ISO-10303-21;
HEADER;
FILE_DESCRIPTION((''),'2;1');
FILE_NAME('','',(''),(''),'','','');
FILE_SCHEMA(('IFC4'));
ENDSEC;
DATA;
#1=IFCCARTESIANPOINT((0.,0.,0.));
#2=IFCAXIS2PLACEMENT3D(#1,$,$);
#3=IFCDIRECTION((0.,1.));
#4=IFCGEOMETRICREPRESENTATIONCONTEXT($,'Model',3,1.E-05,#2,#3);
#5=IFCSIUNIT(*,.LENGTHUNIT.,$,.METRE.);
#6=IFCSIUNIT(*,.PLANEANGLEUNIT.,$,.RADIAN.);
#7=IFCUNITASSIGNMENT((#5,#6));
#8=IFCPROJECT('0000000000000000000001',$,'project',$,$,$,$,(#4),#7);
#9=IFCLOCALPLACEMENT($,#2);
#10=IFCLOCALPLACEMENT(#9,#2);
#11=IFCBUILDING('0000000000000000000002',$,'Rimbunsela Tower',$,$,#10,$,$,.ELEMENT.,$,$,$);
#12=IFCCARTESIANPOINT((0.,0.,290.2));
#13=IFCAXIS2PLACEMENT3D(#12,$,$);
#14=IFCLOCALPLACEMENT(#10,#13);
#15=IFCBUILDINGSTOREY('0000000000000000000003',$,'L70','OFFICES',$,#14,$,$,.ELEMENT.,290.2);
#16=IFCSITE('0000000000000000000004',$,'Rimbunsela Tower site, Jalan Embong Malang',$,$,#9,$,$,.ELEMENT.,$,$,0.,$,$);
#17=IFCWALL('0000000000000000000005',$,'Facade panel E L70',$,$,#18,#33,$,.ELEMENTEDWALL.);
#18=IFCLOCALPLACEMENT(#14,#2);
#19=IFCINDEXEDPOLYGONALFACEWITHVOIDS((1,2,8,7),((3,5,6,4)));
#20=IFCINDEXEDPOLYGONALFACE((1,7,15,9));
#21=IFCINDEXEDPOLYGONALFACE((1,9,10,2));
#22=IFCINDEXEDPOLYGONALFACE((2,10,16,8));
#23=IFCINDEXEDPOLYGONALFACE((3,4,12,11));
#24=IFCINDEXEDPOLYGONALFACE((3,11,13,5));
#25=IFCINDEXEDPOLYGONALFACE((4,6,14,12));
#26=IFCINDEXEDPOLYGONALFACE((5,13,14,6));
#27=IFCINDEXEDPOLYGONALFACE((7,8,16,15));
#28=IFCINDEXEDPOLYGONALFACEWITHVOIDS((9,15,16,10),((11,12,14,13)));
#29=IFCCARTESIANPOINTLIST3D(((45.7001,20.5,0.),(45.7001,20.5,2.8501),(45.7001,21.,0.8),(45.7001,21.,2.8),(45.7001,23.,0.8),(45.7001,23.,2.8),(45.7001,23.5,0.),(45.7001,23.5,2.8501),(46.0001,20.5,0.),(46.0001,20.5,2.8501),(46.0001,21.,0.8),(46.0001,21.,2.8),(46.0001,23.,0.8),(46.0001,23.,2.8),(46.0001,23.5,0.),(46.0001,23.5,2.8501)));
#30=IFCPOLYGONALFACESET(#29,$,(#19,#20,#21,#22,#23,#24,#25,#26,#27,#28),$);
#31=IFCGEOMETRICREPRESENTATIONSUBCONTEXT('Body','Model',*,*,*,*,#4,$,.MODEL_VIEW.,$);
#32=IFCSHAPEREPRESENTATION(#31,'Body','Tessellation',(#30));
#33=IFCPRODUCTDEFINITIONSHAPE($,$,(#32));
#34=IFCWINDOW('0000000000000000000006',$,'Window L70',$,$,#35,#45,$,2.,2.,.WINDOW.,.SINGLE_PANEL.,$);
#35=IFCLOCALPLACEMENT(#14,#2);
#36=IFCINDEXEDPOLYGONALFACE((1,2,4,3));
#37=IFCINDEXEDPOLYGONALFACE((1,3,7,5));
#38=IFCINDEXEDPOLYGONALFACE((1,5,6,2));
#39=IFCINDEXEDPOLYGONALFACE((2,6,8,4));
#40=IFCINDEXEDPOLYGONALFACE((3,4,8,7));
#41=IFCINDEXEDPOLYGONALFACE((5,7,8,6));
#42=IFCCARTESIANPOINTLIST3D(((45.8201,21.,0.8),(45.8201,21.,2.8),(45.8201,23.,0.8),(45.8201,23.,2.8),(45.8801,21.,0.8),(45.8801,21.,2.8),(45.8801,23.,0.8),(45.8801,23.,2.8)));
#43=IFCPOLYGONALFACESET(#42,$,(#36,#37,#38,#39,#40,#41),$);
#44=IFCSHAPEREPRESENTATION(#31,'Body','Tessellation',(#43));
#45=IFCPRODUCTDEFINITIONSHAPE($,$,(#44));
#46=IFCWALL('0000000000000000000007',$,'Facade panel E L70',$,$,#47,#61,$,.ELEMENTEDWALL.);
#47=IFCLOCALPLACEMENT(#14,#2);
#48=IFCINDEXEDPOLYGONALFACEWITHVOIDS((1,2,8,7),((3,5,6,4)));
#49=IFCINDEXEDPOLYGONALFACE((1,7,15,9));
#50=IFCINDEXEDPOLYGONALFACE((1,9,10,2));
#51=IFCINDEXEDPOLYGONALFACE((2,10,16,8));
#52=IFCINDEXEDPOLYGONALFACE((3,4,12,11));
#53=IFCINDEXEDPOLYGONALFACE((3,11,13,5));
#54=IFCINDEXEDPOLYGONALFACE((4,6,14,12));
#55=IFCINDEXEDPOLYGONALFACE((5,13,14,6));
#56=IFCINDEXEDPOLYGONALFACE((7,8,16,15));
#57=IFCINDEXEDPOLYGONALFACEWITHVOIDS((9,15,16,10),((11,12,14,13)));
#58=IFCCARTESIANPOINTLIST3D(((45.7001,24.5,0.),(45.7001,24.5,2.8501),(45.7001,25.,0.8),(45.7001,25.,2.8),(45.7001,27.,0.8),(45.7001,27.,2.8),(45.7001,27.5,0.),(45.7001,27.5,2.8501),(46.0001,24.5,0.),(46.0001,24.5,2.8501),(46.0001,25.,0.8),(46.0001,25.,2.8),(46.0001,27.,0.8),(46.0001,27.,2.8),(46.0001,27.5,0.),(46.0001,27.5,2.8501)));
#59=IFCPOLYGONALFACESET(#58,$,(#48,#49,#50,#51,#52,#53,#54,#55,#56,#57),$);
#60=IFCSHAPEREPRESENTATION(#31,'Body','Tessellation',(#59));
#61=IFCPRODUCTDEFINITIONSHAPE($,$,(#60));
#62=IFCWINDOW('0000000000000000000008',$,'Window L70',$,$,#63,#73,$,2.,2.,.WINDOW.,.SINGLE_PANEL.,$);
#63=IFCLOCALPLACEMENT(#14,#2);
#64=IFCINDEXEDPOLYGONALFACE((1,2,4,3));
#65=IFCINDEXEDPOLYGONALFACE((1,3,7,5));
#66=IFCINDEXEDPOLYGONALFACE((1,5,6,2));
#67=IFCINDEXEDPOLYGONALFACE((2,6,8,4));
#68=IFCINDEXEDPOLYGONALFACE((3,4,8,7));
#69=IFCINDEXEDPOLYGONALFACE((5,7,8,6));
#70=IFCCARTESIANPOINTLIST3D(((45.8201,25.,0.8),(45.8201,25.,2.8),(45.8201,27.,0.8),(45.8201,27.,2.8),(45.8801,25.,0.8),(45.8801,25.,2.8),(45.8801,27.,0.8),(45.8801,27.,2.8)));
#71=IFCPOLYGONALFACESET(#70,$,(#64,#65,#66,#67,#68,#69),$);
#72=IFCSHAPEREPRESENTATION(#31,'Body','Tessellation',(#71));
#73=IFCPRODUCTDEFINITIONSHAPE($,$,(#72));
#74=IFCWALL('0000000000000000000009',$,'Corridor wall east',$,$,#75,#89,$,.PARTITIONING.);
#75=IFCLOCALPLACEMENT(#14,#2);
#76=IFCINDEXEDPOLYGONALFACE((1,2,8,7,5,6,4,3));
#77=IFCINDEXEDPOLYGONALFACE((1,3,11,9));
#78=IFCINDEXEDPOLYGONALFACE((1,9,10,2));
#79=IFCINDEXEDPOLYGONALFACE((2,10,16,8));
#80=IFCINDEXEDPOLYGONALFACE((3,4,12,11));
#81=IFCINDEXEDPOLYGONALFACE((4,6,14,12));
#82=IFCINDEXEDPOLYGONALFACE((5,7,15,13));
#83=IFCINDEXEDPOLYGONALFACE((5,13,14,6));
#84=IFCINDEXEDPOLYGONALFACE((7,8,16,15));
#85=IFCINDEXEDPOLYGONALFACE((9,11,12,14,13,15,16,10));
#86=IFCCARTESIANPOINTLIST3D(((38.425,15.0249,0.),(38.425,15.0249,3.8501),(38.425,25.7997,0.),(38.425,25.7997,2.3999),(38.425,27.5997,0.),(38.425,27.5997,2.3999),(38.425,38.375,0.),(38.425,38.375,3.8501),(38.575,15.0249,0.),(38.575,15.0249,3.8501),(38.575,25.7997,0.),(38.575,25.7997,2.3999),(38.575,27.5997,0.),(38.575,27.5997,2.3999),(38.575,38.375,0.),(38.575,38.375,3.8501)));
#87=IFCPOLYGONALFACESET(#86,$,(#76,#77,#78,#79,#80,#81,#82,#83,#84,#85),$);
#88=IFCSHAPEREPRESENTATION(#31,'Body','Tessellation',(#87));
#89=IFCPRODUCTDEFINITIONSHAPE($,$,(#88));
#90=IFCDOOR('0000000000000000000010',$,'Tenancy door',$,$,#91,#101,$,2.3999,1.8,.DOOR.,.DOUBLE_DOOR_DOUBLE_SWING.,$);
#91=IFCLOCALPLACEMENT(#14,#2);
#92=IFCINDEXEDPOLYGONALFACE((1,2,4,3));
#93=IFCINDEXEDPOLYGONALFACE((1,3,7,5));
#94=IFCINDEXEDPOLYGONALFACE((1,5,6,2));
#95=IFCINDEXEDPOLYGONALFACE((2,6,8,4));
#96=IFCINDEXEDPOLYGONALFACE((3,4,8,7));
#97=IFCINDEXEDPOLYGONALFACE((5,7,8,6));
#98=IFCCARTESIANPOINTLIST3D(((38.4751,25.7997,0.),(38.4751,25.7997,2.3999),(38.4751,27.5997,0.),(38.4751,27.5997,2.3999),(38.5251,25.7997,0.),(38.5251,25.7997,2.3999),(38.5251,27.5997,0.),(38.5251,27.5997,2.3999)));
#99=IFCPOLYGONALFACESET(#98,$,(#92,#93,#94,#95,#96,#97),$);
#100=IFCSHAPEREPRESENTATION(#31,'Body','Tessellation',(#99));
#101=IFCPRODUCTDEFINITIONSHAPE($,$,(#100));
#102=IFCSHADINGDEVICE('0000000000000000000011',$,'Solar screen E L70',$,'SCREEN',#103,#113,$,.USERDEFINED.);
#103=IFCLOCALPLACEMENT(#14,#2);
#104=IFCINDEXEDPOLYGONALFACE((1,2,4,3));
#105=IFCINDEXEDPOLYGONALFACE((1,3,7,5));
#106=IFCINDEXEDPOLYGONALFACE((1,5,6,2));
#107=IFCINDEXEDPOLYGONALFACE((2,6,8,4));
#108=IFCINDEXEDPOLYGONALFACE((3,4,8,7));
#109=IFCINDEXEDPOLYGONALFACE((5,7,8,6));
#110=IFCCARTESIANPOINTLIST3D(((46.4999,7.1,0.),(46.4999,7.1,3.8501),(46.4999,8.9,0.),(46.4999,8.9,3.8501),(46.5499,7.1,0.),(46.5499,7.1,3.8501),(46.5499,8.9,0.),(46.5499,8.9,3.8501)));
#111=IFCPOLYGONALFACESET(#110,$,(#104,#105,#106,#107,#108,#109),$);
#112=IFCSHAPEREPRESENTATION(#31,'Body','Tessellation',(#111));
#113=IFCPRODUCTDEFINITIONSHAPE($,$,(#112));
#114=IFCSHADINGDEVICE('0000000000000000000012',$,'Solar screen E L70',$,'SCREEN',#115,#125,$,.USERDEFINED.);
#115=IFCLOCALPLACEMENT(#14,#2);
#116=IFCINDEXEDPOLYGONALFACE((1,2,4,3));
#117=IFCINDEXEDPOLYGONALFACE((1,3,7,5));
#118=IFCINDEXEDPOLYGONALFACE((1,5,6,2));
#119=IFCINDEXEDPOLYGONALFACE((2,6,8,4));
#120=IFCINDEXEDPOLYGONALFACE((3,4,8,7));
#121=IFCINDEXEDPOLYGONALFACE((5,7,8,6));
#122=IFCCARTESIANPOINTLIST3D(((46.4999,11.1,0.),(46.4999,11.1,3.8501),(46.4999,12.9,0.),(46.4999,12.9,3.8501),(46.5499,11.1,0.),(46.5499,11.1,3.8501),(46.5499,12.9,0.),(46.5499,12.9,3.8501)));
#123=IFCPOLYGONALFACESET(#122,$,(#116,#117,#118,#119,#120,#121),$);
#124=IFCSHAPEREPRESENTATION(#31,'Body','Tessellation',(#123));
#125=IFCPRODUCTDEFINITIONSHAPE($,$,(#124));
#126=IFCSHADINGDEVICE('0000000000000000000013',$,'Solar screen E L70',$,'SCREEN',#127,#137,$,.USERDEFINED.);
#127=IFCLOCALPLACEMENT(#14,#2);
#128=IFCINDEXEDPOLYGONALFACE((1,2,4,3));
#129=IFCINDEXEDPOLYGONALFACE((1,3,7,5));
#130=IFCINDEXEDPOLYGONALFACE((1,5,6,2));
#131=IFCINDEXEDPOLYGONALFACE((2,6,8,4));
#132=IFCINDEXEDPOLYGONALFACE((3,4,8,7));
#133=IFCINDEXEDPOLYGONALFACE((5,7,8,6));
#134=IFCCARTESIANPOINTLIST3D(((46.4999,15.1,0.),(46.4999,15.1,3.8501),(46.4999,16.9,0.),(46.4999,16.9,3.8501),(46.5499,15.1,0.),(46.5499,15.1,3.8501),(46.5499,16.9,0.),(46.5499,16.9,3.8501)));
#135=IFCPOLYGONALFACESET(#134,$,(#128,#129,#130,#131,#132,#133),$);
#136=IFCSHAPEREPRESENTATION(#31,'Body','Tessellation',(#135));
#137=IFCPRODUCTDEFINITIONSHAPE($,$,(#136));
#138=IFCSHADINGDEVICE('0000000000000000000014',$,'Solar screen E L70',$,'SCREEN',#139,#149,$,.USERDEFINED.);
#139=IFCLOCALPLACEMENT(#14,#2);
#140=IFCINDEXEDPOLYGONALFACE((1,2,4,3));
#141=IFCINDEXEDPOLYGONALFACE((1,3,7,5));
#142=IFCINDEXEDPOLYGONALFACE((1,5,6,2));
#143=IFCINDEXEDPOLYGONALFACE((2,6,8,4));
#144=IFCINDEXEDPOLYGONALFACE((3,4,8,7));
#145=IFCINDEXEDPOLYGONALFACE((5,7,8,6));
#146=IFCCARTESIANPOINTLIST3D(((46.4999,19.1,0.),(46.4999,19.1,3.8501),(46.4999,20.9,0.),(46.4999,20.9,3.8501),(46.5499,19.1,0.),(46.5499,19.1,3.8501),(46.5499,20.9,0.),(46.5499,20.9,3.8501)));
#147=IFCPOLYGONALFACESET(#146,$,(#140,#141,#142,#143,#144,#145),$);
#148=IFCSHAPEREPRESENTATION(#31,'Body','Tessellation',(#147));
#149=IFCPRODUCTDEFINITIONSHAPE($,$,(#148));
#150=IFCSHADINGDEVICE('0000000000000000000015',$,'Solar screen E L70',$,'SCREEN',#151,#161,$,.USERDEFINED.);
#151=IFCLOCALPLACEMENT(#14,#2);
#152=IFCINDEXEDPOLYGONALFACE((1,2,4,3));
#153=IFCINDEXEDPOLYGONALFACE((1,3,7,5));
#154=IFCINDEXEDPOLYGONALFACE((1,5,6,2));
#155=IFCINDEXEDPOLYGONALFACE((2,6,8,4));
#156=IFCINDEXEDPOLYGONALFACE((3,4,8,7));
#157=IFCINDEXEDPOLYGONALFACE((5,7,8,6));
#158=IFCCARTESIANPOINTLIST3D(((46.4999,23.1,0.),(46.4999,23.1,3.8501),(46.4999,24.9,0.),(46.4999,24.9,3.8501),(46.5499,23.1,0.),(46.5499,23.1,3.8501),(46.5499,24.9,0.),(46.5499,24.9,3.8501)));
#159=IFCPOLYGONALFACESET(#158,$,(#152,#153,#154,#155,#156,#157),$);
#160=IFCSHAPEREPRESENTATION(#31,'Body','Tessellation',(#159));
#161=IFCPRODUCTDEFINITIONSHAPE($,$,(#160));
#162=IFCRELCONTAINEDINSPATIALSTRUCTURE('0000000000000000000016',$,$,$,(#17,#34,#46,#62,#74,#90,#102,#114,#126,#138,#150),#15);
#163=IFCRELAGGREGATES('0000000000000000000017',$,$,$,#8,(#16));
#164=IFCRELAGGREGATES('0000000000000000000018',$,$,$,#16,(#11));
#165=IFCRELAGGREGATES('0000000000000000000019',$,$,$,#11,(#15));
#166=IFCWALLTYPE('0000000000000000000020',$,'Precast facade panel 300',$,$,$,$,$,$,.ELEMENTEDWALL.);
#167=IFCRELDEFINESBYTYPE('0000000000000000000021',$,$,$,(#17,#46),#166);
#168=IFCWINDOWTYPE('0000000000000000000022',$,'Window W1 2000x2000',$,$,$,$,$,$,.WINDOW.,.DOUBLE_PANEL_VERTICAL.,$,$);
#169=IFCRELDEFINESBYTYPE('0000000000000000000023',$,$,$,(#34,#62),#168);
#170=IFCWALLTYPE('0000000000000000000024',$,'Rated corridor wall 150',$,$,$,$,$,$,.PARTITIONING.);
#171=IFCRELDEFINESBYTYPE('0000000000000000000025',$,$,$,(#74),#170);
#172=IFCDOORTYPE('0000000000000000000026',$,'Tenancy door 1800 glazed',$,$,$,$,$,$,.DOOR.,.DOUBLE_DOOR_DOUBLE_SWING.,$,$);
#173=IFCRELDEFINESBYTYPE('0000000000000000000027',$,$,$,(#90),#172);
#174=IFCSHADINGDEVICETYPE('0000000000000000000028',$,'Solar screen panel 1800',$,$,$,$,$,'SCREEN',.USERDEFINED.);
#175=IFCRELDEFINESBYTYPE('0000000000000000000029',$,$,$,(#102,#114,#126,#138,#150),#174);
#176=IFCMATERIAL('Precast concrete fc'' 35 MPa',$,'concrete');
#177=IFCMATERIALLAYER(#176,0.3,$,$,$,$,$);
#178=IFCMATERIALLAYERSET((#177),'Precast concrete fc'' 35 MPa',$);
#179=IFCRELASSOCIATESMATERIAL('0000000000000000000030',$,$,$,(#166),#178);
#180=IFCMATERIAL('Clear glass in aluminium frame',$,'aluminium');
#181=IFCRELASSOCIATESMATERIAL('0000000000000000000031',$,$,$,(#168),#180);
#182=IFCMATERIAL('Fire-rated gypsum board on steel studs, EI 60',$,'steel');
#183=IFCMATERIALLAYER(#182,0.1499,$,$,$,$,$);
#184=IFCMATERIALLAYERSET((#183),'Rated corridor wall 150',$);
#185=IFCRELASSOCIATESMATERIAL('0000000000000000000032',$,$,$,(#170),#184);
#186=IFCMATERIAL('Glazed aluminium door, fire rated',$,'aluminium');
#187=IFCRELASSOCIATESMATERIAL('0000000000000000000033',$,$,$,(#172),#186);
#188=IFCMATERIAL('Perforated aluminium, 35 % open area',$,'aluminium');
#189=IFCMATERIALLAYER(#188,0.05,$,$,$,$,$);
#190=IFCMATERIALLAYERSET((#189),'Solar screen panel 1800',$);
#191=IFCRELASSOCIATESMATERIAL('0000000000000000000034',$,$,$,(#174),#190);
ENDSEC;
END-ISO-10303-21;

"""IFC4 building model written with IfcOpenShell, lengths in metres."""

from ifc_helpers import new_model, si_unit, direction, frame, frame_2d, origin, origin_2d, place, context, subcontext, project, spatial, rectangle, extrude, material, layer, layer_set, type_object, element, fill, save


model = new_model("IFC4")

# Units and contexts
model_context = context("Model", 3, precision=1e-05, world=origin(), true_north=direction((0.0, 1.0)))
body_context = subcontext(model_context, "Body", "Model", "MODEL_VIEW")
ifc_project = project(units=[si_unit("LENGTHUNIT", "METRE"), si_unit("PLANEANGLEUNIT", "RADIAN")], contexts=[model_context])

# Site, building, storey
site_placement = place(None, origin())
site = spatial("IfcSite", under=ifc_project, at=site_placement, Name="Rimbunsela Tower site, Jalan Embong Malang", CompositionType="ELEMENT", RefElevation=0.0)
building_placement = place(site_placement, origin())
building = spatial("IfcBuilding", under=site, at=building_placement, Name="Rimbunsela Tower", CompositionType="ELEMENT")
storey_placement = place(building_placement, frame((0.0, 0.0, 290.2)))
storey = spatial("IfcBuildingStorey", under=building, at=storey_placement, Name="L70", Description="OFFICES", CompositionType="ELEMENT", Elevation=290.2)

# Walls, openings, windows
ifc_material_1 = material(Name="Precast concrete fc' 35 MPa", Category="concrete")
ifc_layer_1 = layer(ifc_material_1, 0.3)
ifc_layer_set_1 = layer_set([ifc_layer_1], Name="Precast concrete fc' 35 MPa")
wall_type_1 = type_object("IfcWallType", Name="Precast facade panel 300", PredefinedType="ELEMENTEDWALL", material=ifc_layer_set_1)
ifc_material_2 = material(Name="Clear glass in aluminium frame", Category="aluminium")
window_type = type_object("IfcWindowType", Name="Window W1 2000x2000", PartitioningType="DOUBLE_PANEL_VERTICAL", PredefinedType="WINDOW", material=ifc_material_2)
wall_1_placement = place(storey_placement, frame((45.8501, 20.5, 0.0), z_axis=(0.0, 0.0, 1.0), x_axis=(0.0, 1.0, 0.0)))
wall_1 = element("IfcWall", 1, at=wall_1_placement, inside=storey, type_object=wall_type_1, Name="Facade panel E L70", PredefinedType="ELEMENTEDWALL", context=body_context, shape_type="SweptSolid", body=[
    extrude(rectangle(XDim=3.0, YDim=0.3, at=frame_2d((1.5, 0.0))), origin(), (0.0, 0.0, 1.0), 2.8501),
])
opening_1_placement = place(wall_1_placement, frame((0.5, 0.0, 0.8)))
opening_1 = element("IfcOpeningElement", 2, at=opening_1_placement, cuts=wall_1, PredefinedType="OPENING", context=body_context, shape_type="SweptSolid", body=[
    extrude(rectangle(XDim=2.0, YDim=2.0, at=frame_2d((1.0, 1.0))), frame((0.0, 0.1599, 0.0), z_axis=(0.0, -1.0, 0.0), x_axis=(1.0, 0.0, 0.0)), (0.0, 0.0, 1.0), 0.3201),
])
window_1_placement = place(opening_1_placement, origin())
window_1 = element("IfcWindow", 3, at=window_1_placement, inside=storey, type_object=window_type, Name="Window L70", OverallHeight=2.0, OverallWidth=2.0, PartitioningType="SINGLE_PANEL", PredefinedType="WINDOW", context=body_context, shape_type="SweptSolid", body=[
    extrude(rectangle(XDim=2.0, YDim=2.0, at=frame_2d((1.0, 1.0))), frame((0.0, 0.03, 0.0), z_axis=(0.0, -1.0, 0.0), x_axis=(1.0, 0.0, 0.0)), (0.0, 0.0, 1.0), 0.0601),
])
fill(opening_1, window_1)
wall_2_placement = place(storey_placement, frame((45.8501, 24.5, 0.0), z_axis=(0.0, 0.0, 1.0), x_axis=(0.0, 1.0, 0.0)))
wall_2 = element("IfcWall", 4, at=wall_2_placement, inside=storey, type_object=wall_type_1, Name="Facade panel E L70", PredefinedType="ELEMENTEDWALL", context=body_context, shape_type="SweptSolid", body=[
    extrude(rectangle(XDim=3.0, YDim=0.3, at=frame_2d((1.5, 0.0))), origin(), (0.0, 0.0, 1.0), 2.8501),
])
opening_2_placement = place(wall_2_placement, frame((0.5, 0.0, 0.8)))
opening_2 = element("IfcOpeningElement", 5, at=opening_2_placement, cuts=wall_2, PredefinedType="OPENING", context=body_context, shape_type="SweptSolid", body=[
    extrude(rectangle(XDim=2.0, YDim=2.0, at=frame_2d((1.0, 1.0))), frame((0.0, 0.1599, 0.0), z_axis=(0.0, -1.0, 0.0), x_axis=(1.0, 0.0, 0.0)), (0.0, 0.0, 1.0), 0.3201),
])
window_2_placement = place(opening_2_placement, origin())
window_2 = element("IfcWindow", 6, at=window_2_placement, inside=storey, type_object=window_type, Name="Window L70", OverallHeight=2.0, OverallWidth=2.0, PartitioningType="SINGLE_PANEL", PredefinedType="WINDOW", context=body_context, shape_type="SweptSolid", body=[
    extrude(rectangle(XDim=2.0, YDim=2.0, at=frame_2d((1.0, 1.0))), frame((0.0, 0.03, 0.0), z_axis=(0.0, -1.0, 0.0), x_axis=(1.0, 0.0, 0.0)), (0.0, 0.0, 1.0), 0.0601),
])
fill(opening_2, window_2)

# Wall, opening, door
ifc_material_3 = material(Name="Fire-rated gypsum board on steel studs, EI 60", Category="steel")
ifc_layer_2 = layer(ifc_material_3, 0.1499)
ifc_layer_set_2 = layer_set([ifc_layer_2], Name="Rated corridor wall 150")
wall_type_2 = type_object("IfcWallType", Name="Rated corridor wall 150", PredefinedType="PARTITIONING", material=ifc_layer_set_2)
wall_3_placement = place(storey_placement, frame((38.5, 15.0249, 0.0), z_axis=(0.0, 0.0, 1.0), x_axis=(0.0, 1.0, 0.0)))
wall_3 = element("IfcWall", 7, at=wall_3_placement, inside=storey, type_object=wall_type_2, Name="Corridor wall east", PredefinedType="PARTITIONING", context=body_context, shape_type="SweptSolid", body=[
    extrude(rectangle(XDim=23.3501, YDim=0.1499, at=frame_2d((11.675, 0.0))), origin(), (0.0, 0.0, 1.0), 3.8501),
])
opening_3_placement = place(wall_3_placement, frame((10.7749, 0.0, 0.0)))
opening_3 = element("IfcOpeningElement", 8, at=opening_3_placement, cuts=wall_3, PredefinedType="OPENING", context=body_context, shape_type="SweptSolid", body=[
    extrude(rectangle(XDim=1.8, YDim=2.3999, at=frame_2d((0.8999, 1.2))), frame((0.0, 0.085, 0.0), z_axis=(0.0, -1.0, 0.0), x_axis=(1.0, 0.0, 0.0)), (0.0, 0.0, 1.0), 0.1699),
])
ifc_material_4 = material(Name="Glazed aluminium door, fire rated", Category="aluminium")
door_type_1 = type_object("IfcDoorType", Name="Tenancy door 1800 glazed", OperationType="DOUBLE_DOOR_DOUBLE_SWING", PredefinedType="DOOR", material=ifc_material_4)
door_1_placement = place(opening_3_placement, origin())
door_1 = element("IfcDoor", 9, at=door_1_placement, inside=storey, type_object=door_type_1, Name="Tenancy door", OperationType="DOUBLE_DOOR_DOUBLE_SWING", OverallHeight=2.3999, OverallWidth=1.8, PredefinedType="DOOR", context=body_context, shape_type="SweptSolid", body=[
    extrude(rectangle(XDim=1.8, YDim=2.3999, at=frame_2d((0.8999, 1.2))), frame((0.0, 0.0249, 0.0), z_axis=(0.0, -1.0, 0.0), x_axis=(1.0, 0.0, 0.0)), (0.0, 0.0, 1.0), 0.05),
])
fill(opening_3, door_1)

# Shading devices
ifc_material_5 = material(Name="Perforated aluminium, 35 % open area", Category="aluminium")
ifc_layer_3 = layer(ifc_material_5, 0.05)
ifc_layer_set_3 = layer_set([ifc_layer_3], Name="Solar screen panel 1800")
shading_device_type = type_object("IfcShadingDeviceType", Name="Solar screen panel 1800", ElementType="SCREEN", PredefinedType="USERDEFINED", material=ifc_layer_set_3)
for number, where, z_axis, x_axis, name in (
    (10, (46.5249, 8.0, 0.0), (0.0, 0.0, 1.0), (0.0, 1.0, 0.0), "Solar screen E L70"),
    (11, (46.5249, 12.0, 0.0), (0.0, 0.0, 1.0), (0.0, 1.0, 0.0), "Solar screen E L70"),
    (12, (46.5249, 16.0, 0.0), (0.0, 0.0, 1.0), (0.0, 1.0, 0.0), "Solar screen E L70"),
    (13, (46.5249, 20.0, 0.0), (0.0, 0.0, 1.0), (0.0, 1.0, 0.0), "Solar screen E L70"),
    (14, (46.5249, 24.0, 0.0), (0.0, 0.0, 1.0), (0.0, 1.0, 0.0), "Solar screen E L70"),
):
    element("IfcShadingDevice", number, at=place(storey_placement, frame(where, z_axis=z_axis, x_axis=x_axis)), inside=storey, type_object=shading_device_type, Name=name, ObjectType="SCREEN", PredefinedType="USERDEFINED", context=body_context, shape_type="SweptSolid", body=[
        extrude(rectangle(XDim=1.8, YDim=0.05, at=origin_2d()), origin(), (0.0, 0.0, 1.0), 3.8501),
    ])

save(model, "model.ifc")
